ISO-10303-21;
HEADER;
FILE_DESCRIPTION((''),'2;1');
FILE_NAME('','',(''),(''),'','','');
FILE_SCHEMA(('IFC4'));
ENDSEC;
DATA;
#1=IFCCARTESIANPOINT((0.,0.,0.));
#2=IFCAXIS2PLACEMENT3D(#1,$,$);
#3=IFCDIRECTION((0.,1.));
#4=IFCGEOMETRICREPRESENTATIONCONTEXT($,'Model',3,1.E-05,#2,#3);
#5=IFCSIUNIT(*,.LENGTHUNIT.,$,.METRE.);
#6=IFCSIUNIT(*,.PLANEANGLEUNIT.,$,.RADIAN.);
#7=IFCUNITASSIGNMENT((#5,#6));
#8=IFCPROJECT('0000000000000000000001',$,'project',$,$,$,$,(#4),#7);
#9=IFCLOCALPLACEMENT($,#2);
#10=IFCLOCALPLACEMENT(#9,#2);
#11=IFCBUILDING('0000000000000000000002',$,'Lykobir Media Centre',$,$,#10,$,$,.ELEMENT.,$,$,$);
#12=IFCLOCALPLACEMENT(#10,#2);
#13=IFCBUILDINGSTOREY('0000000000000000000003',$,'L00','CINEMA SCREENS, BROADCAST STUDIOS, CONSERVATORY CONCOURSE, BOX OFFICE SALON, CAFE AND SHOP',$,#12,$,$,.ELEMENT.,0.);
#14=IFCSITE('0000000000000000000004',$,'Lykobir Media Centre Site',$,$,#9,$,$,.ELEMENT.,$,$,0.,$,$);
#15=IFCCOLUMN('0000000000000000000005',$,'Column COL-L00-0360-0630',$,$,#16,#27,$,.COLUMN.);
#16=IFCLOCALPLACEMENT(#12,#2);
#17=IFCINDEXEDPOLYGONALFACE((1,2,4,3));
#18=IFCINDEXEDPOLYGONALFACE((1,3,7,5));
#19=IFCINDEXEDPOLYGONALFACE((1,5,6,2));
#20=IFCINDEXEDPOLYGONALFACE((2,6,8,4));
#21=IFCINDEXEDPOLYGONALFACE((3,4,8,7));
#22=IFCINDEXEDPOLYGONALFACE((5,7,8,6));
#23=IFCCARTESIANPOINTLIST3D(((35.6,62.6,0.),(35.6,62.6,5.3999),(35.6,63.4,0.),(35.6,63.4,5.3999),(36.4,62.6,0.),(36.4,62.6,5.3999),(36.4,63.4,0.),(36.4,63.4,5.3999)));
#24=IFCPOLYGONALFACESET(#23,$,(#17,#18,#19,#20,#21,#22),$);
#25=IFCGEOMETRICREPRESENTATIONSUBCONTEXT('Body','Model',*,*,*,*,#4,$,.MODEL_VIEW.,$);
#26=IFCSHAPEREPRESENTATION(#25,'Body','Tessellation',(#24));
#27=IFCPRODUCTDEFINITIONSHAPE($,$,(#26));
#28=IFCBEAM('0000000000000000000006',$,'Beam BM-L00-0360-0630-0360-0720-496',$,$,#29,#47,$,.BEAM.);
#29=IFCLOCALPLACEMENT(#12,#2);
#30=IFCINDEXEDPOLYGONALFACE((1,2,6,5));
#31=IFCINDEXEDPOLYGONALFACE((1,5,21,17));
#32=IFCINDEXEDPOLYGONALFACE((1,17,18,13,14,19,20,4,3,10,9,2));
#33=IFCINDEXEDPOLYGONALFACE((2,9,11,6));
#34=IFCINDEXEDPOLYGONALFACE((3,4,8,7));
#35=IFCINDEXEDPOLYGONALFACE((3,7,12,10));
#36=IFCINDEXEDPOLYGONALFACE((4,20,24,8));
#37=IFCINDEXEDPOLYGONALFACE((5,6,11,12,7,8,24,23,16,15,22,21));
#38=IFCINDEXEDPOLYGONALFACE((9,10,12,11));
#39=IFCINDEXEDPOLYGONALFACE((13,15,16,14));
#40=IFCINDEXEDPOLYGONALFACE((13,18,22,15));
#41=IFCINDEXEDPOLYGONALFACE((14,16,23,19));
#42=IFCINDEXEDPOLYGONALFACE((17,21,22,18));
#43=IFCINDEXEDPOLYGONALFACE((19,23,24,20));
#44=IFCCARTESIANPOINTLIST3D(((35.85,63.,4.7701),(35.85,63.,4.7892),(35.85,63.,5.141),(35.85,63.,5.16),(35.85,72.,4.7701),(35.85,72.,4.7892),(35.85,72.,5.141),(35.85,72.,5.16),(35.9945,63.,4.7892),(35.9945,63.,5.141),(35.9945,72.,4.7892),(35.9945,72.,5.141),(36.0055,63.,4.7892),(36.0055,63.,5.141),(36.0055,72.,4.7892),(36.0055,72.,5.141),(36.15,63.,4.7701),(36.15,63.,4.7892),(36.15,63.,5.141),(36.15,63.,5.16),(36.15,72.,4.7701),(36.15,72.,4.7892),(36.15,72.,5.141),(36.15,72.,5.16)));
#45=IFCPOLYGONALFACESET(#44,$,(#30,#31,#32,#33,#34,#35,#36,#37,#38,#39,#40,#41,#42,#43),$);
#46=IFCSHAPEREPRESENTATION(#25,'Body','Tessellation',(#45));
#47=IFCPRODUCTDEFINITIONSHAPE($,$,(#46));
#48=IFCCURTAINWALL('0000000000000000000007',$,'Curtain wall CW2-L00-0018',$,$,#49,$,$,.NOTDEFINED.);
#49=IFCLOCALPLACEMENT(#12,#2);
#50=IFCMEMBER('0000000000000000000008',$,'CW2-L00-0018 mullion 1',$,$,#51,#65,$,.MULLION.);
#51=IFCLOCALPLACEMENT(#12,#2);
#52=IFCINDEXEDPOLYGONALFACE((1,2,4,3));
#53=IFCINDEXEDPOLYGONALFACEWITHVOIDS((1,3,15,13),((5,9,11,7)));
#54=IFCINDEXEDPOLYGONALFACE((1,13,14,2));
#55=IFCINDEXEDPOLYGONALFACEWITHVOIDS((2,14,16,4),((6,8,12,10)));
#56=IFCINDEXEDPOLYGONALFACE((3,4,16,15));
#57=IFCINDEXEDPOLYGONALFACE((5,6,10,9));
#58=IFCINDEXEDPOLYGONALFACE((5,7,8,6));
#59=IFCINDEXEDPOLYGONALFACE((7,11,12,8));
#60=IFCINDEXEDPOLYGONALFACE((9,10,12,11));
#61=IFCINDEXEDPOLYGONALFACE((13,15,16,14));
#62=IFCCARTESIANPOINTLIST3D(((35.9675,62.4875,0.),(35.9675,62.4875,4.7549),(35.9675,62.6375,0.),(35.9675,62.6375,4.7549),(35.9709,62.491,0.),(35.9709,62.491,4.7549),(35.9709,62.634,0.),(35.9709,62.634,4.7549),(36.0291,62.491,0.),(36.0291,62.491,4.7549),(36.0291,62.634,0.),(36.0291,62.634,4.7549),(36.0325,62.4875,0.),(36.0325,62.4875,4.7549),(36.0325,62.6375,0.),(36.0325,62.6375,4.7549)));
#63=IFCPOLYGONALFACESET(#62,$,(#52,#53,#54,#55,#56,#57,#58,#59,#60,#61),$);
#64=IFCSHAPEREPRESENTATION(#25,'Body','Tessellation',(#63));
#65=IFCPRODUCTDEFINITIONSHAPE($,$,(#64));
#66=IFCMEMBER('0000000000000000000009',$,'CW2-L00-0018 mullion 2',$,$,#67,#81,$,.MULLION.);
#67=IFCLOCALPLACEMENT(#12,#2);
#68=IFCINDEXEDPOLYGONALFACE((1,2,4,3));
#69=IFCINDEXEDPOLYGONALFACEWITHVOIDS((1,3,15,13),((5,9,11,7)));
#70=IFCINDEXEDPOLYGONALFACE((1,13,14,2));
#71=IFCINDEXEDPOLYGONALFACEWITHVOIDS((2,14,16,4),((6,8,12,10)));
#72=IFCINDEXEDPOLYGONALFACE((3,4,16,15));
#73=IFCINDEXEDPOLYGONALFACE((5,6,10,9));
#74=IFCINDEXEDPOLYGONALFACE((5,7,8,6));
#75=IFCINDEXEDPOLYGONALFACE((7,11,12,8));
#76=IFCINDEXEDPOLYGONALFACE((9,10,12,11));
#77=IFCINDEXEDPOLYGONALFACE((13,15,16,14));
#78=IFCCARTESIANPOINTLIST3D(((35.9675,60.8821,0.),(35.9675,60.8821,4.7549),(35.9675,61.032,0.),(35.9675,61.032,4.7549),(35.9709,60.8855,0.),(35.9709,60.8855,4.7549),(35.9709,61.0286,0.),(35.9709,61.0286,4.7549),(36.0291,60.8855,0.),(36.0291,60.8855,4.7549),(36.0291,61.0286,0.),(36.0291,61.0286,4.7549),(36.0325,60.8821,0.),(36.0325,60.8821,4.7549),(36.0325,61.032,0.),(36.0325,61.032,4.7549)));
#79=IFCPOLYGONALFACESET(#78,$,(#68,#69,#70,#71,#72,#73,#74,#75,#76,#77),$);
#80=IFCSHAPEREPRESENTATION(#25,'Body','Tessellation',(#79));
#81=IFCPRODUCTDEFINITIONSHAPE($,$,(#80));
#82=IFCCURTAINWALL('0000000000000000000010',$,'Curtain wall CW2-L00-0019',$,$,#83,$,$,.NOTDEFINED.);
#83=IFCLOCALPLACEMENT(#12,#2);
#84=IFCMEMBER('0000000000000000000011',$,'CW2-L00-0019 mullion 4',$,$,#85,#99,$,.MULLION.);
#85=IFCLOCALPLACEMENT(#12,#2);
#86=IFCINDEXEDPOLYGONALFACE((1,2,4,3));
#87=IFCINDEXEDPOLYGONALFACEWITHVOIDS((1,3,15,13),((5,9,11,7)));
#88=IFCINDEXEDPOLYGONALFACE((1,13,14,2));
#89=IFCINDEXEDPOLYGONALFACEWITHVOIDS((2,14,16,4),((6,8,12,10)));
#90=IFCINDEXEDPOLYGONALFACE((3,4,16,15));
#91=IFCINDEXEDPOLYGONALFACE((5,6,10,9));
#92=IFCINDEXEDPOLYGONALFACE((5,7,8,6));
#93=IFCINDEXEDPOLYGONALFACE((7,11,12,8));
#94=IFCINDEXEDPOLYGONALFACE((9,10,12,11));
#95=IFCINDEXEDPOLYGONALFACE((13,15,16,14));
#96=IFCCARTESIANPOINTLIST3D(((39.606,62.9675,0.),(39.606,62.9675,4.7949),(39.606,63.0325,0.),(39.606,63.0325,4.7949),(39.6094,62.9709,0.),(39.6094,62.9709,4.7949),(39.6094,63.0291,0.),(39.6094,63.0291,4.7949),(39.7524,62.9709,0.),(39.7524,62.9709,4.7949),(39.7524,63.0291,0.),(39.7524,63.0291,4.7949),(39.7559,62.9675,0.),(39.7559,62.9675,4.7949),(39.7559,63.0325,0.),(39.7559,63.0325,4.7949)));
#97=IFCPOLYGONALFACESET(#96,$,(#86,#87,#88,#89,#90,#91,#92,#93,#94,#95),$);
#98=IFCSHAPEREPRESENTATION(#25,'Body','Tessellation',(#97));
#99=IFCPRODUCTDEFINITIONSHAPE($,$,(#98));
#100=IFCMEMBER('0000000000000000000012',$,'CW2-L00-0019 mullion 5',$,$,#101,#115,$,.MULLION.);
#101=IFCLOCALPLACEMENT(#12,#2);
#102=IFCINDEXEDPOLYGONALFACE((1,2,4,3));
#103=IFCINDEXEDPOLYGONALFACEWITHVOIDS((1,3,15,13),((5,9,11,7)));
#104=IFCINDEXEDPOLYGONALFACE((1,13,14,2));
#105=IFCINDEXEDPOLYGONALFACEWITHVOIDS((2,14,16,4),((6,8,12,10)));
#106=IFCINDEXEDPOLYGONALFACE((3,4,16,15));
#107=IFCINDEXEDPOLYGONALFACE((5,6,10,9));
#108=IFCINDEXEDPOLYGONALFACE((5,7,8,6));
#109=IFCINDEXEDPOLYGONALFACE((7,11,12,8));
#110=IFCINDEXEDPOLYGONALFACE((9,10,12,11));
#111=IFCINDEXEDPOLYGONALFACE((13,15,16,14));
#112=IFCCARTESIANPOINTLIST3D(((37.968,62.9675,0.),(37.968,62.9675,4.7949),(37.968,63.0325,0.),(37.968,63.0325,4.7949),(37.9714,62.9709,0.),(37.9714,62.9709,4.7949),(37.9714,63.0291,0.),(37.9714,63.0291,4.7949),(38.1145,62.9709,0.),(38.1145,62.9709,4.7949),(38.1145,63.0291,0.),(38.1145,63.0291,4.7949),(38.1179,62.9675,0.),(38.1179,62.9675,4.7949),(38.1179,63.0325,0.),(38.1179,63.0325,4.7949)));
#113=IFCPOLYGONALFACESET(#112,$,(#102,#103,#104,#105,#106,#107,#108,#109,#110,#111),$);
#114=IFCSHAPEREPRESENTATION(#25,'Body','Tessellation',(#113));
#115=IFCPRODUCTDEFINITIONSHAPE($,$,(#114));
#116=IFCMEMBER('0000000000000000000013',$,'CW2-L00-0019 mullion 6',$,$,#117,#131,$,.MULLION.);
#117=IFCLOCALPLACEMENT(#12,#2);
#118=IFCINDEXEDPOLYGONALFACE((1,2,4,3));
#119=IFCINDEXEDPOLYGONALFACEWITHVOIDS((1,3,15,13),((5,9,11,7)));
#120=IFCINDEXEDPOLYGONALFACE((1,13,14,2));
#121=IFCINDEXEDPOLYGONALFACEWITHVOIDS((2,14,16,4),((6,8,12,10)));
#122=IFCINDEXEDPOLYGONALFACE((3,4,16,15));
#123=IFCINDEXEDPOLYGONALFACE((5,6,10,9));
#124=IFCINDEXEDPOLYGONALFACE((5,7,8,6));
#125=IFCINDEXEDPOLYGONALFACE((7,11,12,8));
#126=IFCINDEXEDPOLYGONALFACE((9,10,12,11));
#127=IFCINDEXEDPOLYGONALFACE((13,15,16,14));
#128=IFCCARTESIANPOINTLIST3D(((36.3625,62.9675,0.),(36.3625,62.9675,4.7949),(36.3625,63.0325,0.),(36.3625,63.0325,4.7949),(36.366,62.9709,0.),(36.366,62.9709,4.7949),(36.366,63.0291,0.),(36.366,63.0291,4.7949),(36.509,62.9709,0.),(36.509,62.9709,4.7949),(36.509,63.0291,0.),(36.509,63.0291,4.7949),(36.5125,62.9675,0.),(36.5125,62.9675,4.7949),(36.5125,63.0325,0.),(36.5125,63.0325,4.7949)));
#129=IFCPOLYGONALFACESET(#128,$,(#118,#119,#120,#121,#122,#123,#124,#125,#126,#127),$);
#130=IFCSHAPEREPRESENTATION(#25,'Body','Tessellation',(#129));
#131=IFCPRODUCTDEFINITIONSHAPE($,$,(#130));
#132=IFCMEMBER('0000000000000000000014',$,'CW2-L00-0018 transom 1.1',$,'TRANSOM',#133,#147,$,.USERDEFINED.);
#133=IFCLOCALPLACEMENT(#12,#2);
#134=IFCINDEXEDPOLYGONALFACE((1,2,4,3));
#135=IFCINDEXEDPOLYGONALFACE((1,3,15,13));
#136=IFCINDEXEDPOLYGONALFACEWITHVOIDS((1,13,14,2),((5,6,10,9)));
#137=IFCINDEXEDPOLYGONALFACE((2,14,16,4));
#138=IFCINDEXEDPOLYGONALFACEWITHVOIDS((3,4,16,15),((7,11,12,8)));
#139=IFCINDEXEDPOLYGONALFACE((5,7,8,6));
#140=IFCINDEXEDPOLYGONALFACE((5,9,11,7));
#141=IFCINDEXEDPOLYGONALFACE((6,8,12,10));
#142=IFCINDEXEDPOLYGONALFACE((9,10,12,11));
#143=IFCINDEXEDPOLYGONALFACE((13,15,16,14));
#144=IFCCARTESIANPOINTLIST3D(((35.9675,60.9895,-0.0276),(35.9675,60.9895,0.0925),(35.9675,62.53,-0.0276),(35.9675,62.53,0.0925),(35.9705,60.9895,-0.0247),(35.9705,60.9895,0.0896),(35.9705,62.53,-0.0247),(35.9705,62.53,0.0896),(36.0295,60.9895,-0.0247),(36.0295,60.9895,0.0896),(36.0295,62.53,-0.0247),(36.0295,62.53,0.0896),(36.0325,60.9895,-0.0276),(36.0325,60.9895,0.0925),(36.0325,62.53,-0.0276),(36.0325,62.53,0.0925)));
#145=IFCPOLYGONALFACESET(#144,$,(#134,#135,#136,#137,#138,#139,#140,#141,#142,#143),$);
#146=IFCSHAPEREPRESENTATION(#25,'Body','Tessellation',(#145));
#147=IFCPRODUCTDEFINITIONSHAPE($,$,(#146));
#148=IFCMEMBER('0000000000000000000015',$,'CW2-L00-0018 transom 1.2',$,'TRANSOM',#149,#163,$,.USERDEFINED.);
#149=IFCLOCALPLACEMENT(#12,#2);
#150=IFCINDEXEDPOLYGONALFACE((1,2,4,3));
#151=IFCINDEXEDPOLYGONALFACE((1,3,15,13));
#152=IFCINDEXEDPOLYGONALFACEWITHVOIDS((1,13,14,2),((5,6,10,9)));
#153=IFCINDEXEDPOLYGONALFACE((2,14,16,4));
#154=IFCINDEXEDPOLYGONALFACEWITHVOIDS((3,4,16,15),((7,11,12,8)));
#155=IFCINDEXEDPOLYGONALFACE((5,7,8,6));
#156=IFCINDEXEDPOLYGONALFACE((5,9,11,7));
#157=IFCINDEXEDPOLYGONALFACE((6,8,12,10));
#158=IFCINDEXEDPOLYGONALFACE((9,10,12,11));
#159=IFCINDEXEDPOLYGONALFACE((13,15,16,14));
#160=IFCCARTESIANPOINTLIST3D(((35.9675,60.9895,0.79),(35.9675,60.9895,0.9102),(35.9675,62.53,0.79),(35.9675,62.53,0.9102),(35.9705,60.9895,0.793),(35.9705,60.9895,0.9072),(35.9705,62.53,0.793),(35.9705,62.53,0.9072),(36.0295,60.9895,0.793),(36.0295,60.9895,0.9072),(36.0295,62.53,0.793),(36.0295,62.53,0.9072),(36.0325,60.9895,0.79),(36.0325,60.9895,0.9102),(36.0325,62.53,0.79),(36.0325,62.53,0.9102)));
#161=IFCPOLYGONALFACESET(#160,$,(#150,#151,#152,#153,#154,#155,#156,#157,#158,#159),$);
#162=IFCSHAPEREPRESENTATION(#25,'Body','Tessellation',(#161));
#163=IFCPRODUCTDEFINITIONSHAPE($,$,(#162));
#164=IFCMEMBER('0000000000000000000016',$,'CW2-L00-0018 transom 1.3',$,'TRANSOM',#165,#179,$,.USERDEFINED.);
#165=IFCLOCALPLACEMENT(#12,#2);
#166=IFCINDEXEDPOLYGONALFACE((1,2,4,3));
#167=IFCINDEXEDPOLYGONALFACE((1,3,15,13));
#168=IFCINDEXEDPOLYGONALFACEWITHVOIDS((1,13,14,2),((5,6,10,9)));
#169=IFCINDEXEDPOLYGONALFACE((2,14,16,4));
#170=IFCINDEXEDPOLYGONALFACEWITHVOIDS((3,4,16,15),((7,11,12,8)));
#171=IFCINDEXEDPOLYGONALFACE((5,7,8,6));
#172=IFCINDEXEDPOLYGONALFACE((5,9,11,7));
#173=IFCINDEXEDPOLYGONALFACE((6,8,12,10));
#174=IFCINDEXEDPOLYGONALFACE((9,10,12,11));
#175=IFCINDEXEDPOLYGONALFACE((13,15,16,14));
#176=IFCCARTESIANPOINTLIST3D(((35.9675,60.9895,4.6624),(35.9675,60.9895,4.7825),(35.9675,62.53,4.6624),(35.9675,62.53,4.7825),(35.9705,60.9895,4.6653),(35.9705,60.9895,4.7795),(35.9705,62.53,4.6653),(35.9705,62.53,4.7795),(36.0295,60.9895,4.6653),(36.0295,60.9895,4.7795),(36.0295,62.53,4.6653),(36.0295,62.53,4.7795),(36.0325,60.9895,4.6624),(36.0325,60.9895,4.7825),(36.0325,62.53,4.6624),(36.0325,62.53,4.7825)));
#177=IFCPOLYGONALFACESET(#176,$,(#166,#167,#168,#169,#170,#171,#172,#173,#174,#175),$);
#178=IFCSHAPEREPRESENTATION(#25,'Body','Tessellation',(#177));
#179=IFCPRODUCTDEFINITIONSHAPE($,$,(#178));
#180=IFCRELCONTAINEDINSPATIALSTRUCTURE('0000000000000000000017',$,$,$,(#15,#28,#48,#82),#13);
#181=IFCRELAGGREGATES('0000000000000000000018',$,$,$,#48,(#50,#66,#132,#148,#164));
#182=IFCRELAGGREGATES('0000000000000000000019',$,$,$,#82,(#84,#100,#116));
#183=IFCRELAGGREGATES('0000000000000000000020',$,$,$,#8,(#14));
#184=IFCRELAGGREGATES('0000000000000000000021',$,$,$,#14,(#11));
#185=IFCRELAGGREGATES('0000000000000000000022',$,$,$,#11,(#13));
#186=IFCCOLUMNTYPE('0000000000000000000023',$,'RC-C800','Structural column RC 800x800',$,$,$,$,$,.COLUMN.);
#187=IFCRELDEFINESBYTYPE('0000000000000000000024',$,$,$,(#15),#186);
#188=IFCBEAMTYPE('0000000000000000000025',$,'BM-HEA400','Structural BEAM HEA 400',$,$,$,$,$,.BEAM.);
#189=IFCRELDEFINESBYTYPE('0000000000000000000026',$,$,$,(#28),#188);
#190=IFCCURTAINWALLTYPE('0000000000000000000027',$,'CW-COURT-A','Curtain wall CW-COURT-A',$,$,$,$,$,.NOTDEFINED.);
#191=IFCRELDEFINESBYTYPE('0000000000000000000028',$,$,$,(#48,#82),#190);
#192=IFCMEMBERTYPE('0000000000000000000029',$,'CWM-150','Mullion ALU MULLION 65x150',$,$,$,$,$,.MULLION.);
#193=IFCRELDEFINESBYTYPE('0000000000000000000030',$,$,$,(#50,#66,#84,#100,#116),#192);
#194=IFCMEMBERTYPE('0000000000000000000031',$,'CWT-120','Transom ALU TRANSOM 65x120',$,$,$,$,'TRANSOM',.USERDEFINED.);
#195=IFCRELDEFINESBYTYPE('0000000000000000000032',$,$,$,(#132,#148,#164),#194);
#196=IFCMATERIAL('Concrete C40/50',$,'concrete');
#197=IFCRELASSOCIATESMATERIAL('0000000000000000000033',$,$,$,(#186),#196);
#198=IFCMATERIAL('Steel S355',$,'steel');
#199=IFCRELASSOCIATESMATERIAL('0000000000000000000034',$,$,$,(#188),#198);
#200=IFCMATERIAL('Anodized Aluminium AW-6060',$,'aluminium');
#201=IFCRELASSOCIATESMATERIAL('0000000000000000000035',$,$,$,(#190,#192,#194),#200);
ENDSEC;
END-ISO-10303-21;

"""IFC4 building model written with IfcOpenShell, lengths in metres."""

from ifc_helpers import new_model, si_unit, direction, frame, origin, origin_2d, place, context, subcontext, project, spatial, rectangle, hollow_rectangle, i_section, extrude, material, material_profile, profile_set, type_object, element, aggregate, save


model = new_model("IFC4")

# Units and contexts
model_context = context("Model", 3, precision=1e-05, world=origin(), true_north=direction((0.0, 1.0)))
body_context = subcontext(model_context, "Body", "Model", "MODEL_VIEW")
ifc_project = project(units=[si_unit("LENGTHUNIT", "METRE"), si_unit("PLANEANGLEUNIT", "RADIAN")], contexts=[model_context])

# Site, building, storey
site_placement = place(None, origin())
site = spatial("IfcSite", under=ifc_project, at=site_placement, Name="Lykobir Media Centre Site", CompositionType="ELEMENT", RefElevation=0.0)
building_placement = place(site_placement, origin())
building = spatial("IfcBuilding", under=site, at=building_placement, Name="Lykobir Media Centre", CompositionType="ELEMENT")
storey_placement = place(building_placement, origin())
storey = spatial("IfcBuildingStorey", under=building, at=storey_placement, Name="L00", Description="CINEMA SCREENS, BROADCAST STUDIOS, CONSERVATORY CONCOURSE, BOX OFFICE SALON, CAFE AND SHOP", CompositionType="ELEMENT", Elevation=0.0)

# Column
ifc_material_1 = material(Name="Concrete C40/50", Category="concrete")
ifc_material_profile_1 = material_profile(ifc_material_1, rectangle(XDim=0.8, YDim=0.8, at=origin_2d()), Name="RC 800x800")
ifc_profile_set_1 = profile_set([ifc_material_profile_1], Name="Concrete C40/50")
column_type = type_object("IfcColumnType", Name="RC-C800", Description="Structural column RC 800x800", PredefinedType="COLUMN", material=ifc_profile_set_1)
column_placement = place(storey_placement, frame((36.0, 63.0, 0.0), z_axis=(0.0, 0.0, 1.0), x_axis=(1.0, 0.0, 0.0)))
element("IfcColumn", 1, at=column_placement, inside=storey, type_object=column_type, Name="Column COL-L00-0360-0630", PredefinedType="COLUMN", context=body_context, shape_type="SweptSolid", body=[
    extrude(rectangle(XDim=0.8, YDim=0.8, at=origin_2d()), origin(), (0.0, 0.0, 1.0), 5.3999),
])

# Beam
ifc_material_2 = material(Name="Steel S355", Category="steel")
ifc_material_profile_2 = material_profile(ifc_material_2, i_section(OverallWidth=0.3, OverallDepth=0.3899, WebThickness=0.011, FlangeThickness=0.019, at=origin_2d()), Name="HEA 400")
ifc_profile_set_2 = profile_set([ifc_material_profile_2], Name="Steel S355")
beam_type_1 = type_object("IfcBeamType", Name="BM-HEA400", Description="Structural BEAM HEA 400", PredefinedType="BEAM", material=ifc_profile_set_2)
beam_1_placement = place(storey_placement, frame((36.0, 63.0, 4.9651), z_axis=(0.0, 1.0, 0.0), x_axis=(-1.0, 0.0, 0.0)))
element("IfcBeam", 2, at=beam_1_placement, inside=storey, type_object=beam_type_1, Name="Beam BM-L00-0360-0630-0360-0720-496", PredefinedType="BEAM", context=body_context, shape_type="SweptSolid", body=[
    extrude(i_section(OverallWidth=0.3, OverallDepth=0.3899, WebThickness=0.011, FlangeThickness=0.019, at=origin_2d()), origin(), (0.0, 0.0, 1.0), 9.0),
])

# Curtain walls, members
ifc_material_3 = material(Name="Anodized Aluminium AW-6060", Category="aluminium")
curtain_wall_type = type_object("IfcCurtainWallType", Name="CW-COURT-A", Description="Curtain wall CW-COURT-A", PredefinedType="NOTDEFINED", material=ifc_material_3)
curtain_wall_1_placement = place(storey_placement, origin())
curtain_wall_1 = element("IfcCurtainWall", 3, at=curtain_wall_1_placement, inside=storey, type_object=curtain_wall_type, Name="Curtain wall CW2-L00-0018", PredefinedType="NOTDEFINED")
ifc_material_profile_3 = material_profile(ifc_material_3, hollow_rectangle(XDim=0.0649, YDim=0.1499, WallThickness=0.0034, at=origin_2d()), Name="ALU MULLION 65x150")
ifc_profile_set_3 = profile_set([ifc_material_profile_3], Name="Anodized Aluminium AW-6060")
member_type_1 = type_object("IfcMemberType", Name="CWM-150", Description="Mullion ALU MULLION 65x150", PredefinedType="MULLION", material=ifc_profile_set_3)
member_1_placement = place(storey_placement, frame((36.0, 62.5625, 0.0), z_axis=(0.0, 0.0, 1.0), x_axis=(1.0, 0.0, 0.0)))
member_1 = element("IfcMember", 4, at=member_1_placement, type_object=member_type_1, Name="CW2-L00-0018 mullion 1", PredefinedType="MULLION", context=body_context, shape_type="SweptSolid", body=[
    extrude(hollow_rectangle(XDim=0.0649, YDim=0.1499, WallThickness=0.0034, at=origin_2d()), origin(), (0.0, 0.0, 1.0), 4.7549),
])
member_2_placement = place(storey_placement, frame((36.0, 60.957, 0.0), z_axis=(0.0, 0.0, 1.0), x_axis=(1.0, 0.0, 0.0)))
member_2 = element("IfcMember", 5, at=member_2_placement, type_object=member_type_1, Name="CW2-L00-0018 mullion 2", PredefinedType="MULLION", context=body_context, shape_type="SweptSolid", body=[
    extrude(hollow_rectangle(XDim=0.0649, YDim=0.1499, WallThickness=0.0034, at=origin_2d()), origin(), (0.0, 0.0, 1.0), 4.7549),
])
curtain_wall_2_placement = place(storey_placement, origin())
curtain_wall_2 = element("IfcCurtainWall", 6, at=curtain_wall_2_placement, inside=storey, type_object=curtain_wall_type, Name="Curtain wall CW2-L00-0019", PredefinedType="NOTDEFINED")
member_3_placement = place(storey_placement, frame((39.6809, 63.0, 0.0), z_axis=(0.0, 0.0, 1.0), x_axis=(0.0, -1.0, 0.0)))
member_3 = element("IfcMember", 7, at=member_3_placement, type_object=member_type_1, Name="CW2-L00-0019 mullion 4", PredefinedType="MULLION", context=body_context, shape_type="SweptSolid", body=[
    extrude(hollow_rectangle(XDim=0.0649, YDim=0.1499, WallThickness=0.0034, at=origin_2d()), origin(), (0.0, 0.0, 1.0), 4.7949),
])
member_4_placement = place(storey_placement, frame((38.043, 63.0, 0.0), z_axis=(0.0, 0.0, 1.0), x_axis=(0.0, -1.0, 0.0)))
member_4 = element("IfcMember", 8, at=member_4_placement, type_object=member_type_1, Name="CW2-L00-0019 mullion 5", PredefinedType="MULLION", context=body_context, shape_type="SweptSolid", body=[
    extrude(hollow_rectangle(XDim=0.0649, YDim=0.1499, WallThickness=0.0034, at=origin_2d()), origin(), (0.0, 0.0, 1.0), 4.7949),
])
member_5_placement = place(storey_placement, frame((36.4375, 63.0, 0.0), z_axis=(0.0, 0.0, 1.0), x_axis=(0.0, -1.0, 0.0)))
member_5 = element("IfcMember", 9, at=member_5_placement, type_object=member_type_1, Name="CW2-L00-0019 mullion 6", PredefinedType="MULLION", context=body_context, shape_type="SweptSolid", body=[
    extrude(hollow_rectangle(XDim=0.0649, YDim=0.1499, WallThickness=0.0034, at=origin_2d()), origin(), (0.0, 0.0, 1.0), 4.7949),
])

# Members
ifc_material_profile_4 = material_profile(ifc_material_3, hollow_rectangle(XDim=0.0649, YDim=0.1201, WallThickness=0.0029, at=origin_2d()), Name="ALU TRANSOM 65x120")
ifc_profile_set_4 = profile_set([ifc_material_profile_4], Name="Anodized Aluminium AW-6060")
member_type_2 = type_object("IfcMemberType", Name="CWT-120", Description="Transom ALU TRANSOM 65x120", ElementType="TRANSOM", PredefinedType="USERDEFINED", material=ifc_profile_set_4)
member_6_placement = place(storey_placement, frame((36.0, 62.53, 0.0325), z_axis=(0.0, -1.0, 0.0), x_axis=(1.0, 0.0, 0.0)))
member_6 = element("IfcMember", 10, at=member_6_placement, type_object=member_type_2, Name="CW2-L00-0018 transom 1.1", ObjectType="TRANSOM", PredefinedType="USERDEFINED", context=body_context, shape_type="SweptSolid", body=[
    extrude(hollow_rectangle(XDim=0.0649, YDim=0.1201, WallThickness=0.0029, at=origin_2d()), origin(), (0.0, 0.0, 1.0), 1.5405),
])
member_7_placement = place(storey_placement, frame((36.0, 62.53, 0.8501), z_axis=(0.0, -1.0, 0.0), x_axis=(1.0, 0.0, 0.0)))
member_7 = element("IfcMember", 11, at=member_7_placement, type_object=member_type_2, Name="CW2-L00-0018 transom 1.2", ObjectType="TRANSOM", PredefinedType="USERDEFINED", context=body_context, shape_type="SweptSolid", body=[
    extrude(hollow_rectangle(XDim=0.0649, YDim=0.1201, WallThickness=0.0029, at=origin_2d()), origin(), (0.0, 0.0, 1.0), 1.5405),
])
member_8_placement = place(storey_placement, frame((36.0, 62.53, 4.7224), z_axis=(0.0, -1.0, 0.0), x_axis=(1.0, 0.0, 0.0)))
member_8 = element("IfcMember", 12, at=member_8_placement, type_object=member_type_2, Name="CW2-L00-0018 transom 1.3", ObjectType="TRANSOM", PredefinedType="USERDEFINED", context=body_context, shape_type="SweptSolid", body=[
    extrude(hollow_rectangle(XDim=0.0649, YDim=0.1201, WallThickness=0.0029, at=origin_2d()), origin(), (0.0, 0.0, 1.0), 1.5405),
])

aggregate(curtain_wall_1, [member_1, member_2, member_6, member_7, member_8])
aggregate(curtain_wall_2, [member_3, member_4, member_5])

save(model, "model.ifc")
